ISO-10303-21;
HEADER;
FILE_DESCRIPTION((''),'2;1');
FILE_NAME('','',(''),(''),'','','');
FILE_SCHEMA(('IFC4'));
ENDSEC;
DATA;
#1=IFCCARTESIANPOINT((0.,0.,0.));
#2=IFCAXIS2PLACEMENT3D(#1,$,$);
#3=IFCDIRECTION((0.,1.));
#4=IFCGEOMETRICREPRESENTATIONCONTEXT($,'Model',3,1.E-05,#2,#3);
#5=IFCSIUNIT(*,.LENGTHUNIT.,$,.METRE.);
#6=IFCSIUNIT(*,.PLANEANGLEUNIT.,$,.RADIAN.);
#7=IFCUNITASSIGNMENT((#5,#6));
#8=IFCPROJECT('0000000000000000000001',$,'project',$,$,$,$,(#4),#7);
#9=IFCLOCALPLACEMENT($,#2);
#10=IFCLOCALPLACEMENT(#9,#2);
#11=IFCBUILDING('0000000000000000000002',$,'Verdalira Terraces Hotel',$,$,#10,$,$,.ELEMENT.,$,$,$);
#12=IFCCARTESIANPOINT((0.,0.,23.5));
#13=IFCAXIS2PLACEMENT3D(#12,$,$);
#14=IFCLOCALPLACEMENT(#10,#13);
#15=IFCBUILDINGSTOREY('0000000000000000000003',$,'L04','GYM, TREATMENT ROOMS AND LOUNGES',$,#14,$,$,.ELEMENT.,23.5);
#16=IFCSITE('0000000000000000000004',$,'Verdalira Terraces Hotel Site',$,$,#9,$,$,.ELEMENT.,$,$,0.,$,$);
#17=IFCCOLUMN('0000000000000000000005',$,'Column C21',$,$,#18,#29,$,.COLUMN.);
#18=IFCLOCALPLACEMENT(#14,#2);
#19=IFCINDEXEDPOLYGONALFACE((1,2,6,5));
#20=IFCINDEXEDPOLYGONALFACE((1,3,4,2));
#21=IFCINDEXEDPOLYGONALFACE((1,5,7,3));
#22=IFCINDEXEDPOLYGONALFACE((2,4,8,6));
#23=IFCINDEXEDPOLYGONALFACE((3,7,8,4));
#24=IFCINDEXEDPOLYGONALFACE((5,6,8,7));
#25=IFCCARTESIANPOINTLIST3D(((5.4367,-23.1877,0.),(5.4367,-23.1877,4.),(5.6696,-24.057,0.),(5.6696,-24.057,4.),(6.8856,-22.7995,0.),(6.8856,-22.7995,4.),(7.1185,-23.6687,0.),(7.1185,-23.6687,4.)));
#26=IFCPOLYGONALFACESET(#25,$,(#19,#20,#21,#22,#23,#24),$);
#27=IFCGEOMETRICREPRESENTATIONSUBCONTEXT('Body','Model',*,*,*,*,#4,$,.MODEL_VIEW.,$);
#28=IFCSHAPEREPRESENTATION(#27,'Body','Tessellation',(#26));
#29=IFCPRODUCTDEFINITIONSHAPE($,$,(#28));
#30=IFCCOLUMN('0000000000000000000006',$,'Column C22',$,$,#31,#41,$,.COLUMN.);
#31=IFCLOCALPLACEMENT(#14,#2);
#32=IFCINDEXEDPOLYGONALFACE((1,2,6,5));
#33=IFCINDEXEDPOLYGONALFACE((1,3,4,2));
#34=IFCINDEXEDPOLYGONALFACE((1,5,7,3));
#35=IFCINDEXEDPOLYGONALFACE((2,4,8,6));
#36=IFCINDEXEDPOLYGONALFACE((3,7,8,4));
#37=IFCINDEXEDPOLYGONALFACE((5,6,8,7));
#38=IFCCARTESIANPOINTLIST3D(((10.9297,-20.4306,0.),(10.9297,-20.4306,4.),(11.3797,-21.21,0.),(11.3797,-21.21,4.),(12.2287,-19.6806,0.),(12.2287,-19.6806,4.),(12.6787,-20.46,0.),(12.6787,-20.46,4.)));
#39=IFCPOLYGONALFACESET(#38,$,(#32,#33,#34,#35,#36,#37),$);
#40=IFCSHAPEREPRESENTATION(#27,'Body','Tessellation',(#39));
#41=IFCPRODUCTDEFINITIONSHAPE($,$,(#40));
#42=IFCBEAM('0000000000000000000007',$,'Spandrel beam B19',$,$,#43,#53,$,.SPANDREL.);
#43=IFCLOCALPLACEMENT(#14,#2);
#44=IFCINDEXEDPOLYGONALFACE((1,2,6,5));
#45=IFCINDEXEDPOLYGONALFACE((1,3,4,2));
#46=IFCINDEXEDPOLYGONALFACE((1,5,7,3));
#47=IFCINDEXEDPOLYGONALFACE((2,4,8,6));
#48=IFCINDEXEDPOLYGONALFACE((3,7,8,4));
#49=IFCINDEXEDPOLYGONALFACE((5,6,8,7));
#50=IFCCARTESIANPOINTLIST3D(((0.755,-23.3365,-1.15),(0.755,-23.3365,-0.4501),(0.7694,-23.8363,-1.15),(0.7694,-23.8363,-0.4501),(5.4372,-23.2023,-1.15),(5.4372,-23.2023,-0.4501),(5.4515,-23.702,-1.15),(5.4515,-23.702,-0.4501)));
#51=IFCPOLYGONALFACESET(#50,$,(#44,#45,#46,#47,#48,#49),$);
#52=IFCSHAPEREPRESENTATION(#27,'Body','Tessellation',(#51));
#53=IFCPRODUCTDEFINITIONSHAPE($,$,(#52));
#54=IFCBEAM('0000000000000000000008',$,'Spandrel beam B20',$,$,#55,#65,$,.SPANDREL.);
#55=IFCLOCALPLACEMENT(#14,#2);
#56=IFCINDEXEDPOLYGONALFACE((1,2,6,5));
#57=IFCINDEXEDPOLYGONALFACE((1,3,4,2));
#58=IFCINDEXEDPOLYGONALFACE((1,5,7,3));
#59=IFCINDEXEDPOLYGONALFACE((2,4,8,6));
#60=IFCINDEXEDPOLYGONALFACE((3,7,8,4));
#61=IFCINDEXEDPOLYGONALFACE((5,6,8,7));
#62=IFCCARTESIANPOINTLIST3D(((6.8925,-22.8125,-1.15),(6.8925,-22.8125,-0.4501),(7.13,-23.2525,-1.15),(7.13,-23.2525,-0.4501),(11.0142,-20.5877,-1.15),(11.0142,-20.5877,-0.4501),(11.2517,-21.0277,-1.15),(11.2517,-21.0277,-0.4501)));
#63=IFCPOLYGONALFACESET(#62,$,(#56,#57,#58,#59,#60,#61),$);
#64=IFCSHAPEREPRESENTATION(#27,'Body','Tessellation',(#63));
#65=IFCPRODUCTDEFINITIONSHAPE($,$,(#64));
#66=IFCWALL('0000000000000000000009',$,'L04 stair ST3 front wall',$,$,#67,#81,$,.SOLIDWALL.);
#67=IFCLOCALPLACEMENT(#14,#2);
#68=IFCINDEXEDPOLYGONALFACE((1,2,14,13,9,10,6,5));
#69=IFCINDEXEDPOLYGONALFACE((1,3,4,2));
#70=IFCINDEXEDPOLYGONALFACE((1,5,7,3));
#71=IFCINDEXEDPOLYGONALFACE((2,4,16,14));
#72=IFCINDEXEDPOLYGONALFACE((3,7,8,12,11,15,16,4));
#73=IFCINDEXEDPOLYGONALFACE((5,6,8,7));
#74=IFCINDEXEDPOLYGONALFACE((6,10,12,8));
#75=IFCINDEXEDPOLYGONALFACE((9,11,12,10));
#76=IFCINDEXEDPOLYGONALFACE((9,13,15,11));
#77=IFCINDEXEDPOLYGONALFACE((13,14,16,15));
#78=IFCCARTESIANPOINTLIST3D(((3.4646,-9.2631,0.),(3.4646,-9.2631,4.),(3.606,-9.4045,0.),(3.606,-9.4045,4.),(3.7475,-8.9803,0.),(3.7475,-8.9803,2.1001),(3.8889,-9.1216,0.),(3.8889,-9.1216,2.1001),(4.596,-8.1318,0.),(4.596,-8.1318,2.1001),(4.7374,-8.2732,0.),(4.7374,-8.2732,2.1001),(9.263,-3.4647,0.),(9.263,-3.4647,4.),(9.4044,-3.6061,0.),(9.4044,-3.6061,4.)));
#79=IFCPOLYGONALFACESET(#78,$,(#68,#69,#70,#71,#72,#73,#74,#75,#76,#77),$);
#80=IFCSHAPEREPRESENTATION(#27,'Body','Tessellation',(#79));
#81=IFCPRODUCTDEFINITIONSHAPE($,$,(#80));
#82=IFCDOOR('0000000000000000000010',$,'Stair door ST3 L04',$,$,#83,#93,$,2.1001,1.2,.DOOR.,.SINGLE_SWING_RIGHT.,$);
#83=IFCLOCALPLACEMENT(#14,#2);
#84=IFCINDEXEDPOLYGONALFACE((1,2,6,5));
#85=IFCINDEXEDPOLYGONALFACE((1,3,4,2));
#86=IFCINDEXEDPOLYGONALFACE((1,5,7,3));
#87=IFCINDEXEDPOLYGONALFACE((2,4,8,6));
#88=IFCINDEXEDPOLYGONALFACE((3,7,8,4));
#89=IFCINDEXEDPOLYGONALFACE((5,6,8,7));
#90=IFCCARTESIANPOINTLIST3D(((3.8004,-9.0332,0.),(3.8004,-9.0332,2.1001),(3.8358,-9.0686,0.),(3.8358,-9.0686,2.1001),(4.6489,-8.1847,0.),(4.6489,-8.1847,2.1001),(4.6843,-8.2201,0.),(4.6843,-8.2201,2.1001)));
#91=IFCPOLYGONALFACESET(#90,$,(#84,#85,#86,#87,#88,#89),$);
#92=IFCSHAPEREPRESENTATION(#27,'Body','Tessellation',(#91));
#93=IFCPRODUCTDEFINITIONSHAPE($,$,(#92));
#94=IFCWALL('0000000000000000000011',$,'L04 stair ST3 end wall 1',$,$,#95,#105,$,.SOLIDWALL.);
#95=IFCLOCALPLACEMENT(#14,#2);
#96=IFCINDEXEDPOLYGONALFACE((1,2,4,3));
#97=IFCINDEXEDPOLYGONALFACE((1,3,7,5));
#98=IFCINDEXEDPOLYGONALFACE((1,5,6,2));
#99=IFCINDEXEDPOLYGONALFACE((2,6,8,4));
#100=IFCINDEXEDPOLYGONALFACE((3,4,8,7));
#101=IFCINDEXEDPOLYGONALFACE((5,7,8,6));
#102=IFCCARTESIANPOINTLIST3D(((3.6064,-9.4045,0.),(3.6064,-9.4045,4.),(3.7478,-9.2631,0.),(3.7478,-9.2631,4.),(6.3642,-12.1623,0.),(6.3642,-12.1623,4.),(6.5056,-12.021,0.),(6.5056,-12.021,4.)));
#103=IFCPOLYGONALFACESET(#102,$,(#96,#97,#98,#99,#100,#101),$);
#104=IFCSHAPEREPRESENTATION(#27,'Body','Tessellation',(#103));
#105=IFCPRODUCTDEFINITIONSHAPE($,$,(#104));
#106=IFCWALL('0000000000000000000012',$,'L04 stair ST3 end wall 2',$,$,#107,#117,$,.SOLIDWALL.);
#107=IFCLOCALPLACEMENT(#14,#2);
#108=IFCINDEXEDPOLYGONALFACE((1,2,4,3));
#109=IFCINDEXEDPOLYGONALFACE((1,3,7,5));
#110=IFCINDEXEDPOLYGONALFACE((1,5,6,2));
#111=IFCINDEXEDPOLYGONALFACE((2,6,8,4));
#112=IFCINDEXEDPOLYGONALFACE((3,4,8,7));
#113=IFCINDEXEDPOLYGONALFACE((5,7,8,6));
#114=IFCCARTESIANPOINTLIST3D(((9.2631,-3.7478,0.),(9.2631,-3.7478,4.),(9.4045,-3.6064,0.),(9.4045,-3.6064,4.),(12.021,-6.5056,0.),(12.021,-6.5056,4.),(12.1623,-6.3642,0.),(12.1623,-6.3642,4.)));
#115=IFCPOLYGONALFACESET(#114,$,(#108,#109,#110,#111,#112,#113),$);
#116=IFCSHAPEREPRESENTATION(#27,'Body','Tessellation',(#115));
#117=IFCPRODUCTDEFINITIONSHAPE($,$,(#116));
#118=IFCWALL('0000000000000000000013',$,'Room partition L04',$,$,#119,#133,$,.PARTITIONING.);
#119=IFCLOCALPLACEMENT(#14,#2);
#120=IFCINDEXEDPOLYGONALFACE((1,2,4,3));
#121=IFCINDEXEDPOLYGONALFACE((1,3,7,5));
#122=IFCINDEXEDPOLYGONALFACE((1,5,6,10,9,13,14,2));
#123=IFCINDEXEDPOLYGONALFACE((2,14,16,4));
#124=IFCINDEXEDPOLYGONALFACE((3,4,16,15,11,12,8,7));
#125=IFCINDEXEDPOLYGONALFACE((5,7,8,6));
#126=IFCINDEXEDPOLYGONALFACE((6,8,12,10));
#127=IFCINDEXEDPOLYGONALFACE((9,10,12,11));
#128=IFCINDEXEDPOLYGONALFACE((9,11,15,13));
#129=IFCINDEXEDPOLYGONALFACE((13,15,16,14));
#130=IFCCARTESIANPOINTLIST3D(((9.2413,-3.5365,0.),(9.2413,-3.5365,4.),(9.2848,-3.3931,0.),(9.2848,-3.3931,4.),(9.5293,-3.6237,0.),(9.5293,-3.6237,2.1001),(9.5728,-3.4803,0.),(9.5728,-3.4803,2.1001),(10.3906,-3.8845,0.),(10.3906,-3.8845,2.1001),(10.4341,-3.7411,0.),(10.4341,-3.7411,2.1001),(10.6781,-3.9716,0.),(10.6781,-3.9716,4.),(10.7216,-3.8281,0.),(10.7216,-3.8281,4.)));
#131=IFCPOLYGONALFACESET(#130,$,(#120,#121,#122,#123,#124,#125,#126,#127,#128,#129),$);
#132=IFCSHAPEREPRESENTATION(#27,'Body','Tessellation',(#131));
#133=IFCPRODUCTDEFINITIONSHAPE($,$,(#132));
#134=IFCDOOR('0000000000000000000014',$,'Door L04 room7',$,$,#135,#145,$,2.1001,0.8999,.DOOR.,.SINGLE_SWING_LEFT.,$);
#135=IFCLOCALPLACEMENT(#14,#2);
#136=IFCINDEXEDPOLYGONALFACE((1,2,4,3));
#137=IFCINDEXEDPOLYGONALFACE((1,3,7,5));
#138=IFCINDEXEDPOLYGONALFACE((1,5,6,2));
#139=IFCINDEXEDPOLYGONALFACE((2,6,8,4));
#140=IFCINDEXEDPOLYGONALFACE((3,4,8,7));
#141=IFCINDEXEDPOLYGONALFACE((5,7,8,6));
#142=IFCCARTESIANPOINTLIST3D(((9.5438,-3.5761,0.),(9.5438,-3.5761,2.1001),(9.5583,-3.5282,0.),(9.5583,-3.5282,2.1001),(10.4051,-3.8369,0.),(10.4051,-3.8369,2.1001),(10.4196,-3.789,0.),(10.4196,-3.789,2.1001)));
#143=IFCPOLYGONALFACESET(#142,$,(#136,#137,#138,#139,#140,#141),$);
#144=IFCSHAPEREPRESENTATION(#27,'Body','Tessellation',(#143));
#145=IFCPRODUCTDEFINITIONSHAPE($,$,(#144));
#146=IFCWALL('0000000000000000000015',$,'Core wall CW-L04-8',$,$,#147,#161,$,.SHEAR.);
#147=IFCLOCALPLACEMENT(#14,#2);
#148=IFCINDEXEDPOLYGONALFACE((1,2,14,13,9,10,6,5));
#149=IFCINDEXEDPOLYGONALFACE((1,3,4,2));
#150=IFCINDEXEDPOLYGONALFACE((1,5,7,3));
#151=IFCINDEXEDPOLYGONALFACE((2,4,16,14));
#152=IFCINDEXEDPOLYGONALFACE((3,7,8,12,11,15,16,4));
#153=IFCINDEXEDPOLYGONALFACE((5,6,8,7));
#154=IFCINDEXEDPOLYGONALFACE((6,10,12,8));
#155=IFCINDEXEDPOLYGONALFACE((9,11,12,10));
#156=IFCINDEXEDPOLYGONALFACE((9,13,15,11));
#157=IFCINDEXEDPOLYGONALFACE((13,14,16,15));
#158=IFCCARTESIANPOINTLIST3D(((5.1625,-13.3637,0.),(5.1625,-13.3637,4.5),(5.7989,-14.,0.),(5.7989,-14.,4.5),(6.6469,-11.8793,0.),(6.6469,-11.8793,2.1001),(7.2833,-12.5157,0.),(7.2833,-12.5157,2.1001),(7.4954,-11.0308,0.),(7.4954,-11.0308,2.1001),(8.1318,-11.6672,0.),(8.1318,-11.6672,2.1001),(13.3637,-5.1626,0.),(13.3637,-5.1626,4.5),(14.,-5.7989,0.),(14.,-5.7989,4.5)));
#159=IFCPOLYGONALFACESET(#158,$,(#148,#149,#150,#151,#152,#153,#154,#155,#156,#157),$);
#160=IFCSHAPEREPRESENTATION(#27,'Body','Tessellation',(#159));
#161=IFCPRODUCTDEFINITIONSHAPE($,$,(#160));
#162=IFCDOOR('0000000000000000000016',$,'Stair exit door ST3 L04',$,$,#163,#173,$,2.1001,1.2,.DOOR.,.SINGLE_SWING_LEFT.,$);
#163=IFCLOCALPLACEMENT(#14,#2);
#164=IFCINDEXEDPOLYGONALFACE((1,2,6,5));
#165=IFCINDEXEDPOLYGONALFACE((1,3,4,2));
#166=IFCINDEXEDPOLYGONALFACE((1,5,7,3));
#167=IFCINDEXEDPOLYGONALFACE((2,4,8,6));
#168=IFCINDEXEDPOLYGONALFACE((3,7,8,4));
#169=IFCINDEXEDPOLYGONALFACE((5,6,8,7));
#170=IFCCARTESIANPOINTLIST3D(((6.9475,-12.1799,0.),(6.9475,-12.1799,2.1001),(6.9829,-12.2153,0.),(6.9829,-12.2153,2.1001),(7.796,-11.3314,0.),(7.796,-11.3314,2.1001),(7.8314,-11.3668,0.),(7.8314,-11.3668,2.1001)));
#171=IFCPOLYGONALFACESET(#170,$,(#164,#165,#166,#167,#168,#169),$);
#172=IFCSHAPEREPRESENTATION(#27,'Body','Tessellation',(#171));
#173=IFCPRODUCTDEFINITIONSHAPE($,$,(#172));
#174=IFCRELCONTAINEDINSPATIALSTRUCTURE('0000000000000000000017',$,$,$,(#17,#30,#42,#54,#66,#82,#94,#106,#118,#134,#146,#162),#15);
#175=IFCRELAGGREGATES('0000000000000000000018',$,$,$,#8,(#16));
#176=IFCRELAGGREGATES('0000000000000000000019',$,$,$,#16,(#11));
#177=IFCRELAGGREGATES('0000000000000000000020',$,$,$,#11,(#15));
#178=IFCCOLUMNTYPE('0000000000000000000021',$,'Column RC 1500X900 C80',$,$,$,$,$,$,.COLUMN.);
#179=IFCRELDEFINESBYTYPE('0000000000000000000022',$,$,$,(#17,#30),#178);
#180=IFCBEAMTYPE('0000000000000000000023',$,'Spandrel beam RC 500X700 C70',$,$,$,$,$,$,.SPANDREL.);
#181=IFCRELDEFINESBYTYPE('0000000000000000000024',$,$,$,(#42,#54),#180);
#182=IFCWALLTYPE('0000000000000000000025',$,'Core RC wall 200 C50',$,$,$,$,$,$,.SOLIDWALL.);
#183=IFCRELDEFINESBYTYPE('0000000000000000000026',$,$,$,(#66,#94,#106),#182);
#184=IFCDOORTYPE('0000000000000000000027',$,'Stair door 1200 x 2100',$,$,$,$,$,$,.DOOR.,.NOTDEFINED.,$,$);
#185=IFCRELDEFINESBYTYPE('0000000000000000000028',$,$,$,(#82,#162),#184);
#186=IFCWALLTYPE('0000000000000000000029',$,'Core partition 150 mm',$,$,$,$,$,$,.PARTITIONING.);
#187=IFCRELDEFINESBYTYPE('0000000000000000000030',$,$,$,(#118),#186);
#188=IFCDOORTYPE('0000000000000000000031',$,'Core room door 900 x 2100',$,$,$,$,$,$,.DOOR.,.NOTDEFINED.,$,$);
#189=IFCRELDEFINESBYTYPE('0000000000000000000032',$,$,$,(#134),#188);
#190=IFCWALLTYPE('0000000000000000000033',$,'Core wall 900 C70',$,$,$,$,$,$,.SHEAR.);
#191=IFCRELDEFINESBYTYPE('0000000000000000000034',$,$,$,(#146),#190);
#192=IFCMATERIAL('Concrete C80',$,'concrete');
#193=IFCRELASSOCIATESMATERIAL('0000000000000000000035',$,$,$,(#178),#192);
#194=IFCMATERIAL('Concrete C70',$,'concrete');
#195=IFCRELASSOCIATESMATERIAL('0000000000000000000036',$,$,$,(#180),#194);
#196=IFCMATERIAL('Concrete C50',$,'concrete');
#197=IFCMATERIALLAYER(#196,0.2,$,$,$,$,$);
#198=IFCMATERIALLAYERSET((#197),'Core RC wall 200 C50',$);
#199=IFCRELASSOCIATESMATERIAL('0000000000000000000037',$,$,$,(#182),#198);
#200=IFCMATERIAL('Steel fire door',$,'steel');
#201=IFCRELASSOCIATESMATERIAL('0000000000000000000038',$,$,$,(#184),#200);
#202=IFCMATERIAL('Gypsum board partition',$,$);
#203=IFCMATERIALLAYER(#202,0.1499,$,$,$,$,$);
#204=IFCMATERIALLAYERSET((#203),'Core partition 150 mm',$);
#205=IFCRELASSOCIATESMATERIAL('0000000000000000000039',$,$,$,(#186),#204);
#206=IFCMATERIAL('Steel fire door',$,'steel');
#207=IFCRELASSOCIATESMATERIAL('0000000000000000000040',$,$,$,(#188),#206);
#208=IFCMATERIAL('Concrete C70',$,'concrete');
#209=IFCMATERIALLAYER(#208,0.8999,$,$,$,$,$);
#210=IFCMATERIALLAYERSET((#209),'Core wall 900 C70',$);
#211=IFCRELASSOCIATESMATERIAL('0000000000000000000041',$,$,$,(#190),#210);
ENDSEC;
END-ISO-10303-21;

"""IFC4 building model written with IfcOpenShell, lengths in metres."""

from ifc_helpers import new_model, si_unit, direction, frame, frame_2d, origin, origin_2d, place, context, subcontext, project, spatial, rectangle, extrude, material, layer, layer_set, material_profile, profile_set, type_object, element, fill, save


model = new_model("IFC4")

# Units and contexts
model_context = context("Model", 3, precision=1e-05, world=origin(), true_north=direction((0.0, 1.0)))
body_context = subcontext(model_context, "Body", "Model", "MODEL_VIEW")
ifc_project = project(units=[si_unit("LENGTHUNIT", "METRE"), si_unit("PLANEANGLEUNIT", "RADIAN")], contexts=[model_context])

# Site, building, storey
site_placement = place(None, origin())
site = spatial("IfcSite", under=ifc_project, at=site_placement, Name="Verdalira Terraces Hotel Site", CompositionType="ELEMENT", RefElevation=0.0)
building_placement = place(site_placement, origin())
building = spatial("IfcBuilding", under=site, at=building_placement, Name="Verdalira Terraces Hotel", CompositionType="ELEMENT")
storey_placement = place(building_placement, frame((0.0, 0.0, 23.5)))
storey = spatial("IfcBuildingStorey", under=building, at=storey_placement, Name="L04", Description="GYM, TREATMENT ROOMS AND LOUNGES", CompositionType="ELEMENT", Elevation=23.5)

# Columns
ifc_material_1 = material(Name="Concrete C80", Category="concrete")
ifc_material_profile_1 = material_profile(ifc_material_1, rectangle(XDim=1.5, YDim=0.8999, at=origin_2d()), Name="RC 1500X900")
ifc_profile_set_1 = profile_set([ifc_material_profile_1], Name="Concrete C80")
column_type = type_object("IfcColumnType", Name="Column RC 1500X900 C80", PredefinedType="COLUMN", material=ifc_profile_set_1)
for number, where, z_axis, x_axis, name in (
    (1, (6.2776, -23.4282, 0.0), (0.0, 0.0, 1.0), (-0.965926, -0.258819, 0.0), "Column C21"),
    (2, (11.8042, -20.4453, 0.0), (0.0, 0.0, 1.0), (0.866025, 0.5, 0.0), "Column C22"),
):
    element("IfcColumn", number, at=place(storey_placement, frame(where, z_axis=z_axis, x_axis=x_axis)), inside=storey, type_object=column_type, Name=name, PredefinedType="COLUMN", context=body_context, shape_type="SweptSolid", body=[
        extrude(rectangle(XDim=1.5, YDim=0.8999, at=origin_2d()), origin(), (0.0, 0.0, 1.0), 4.0),
    ])

# Beams
ifc_material_2 = material(Name="Concrete C70", Category="concrete")
ifc_material_profile_2 = material_profile(ifc_material_2, rectangle(XDim=0.5, YDim=0.7, at=origin_2d()), Name="RC 500X700")
ifc_profile_set_2 = profile_set([ifc_material_profile_2], Name="Concrete C70")
beam_type = type_object("IfcBeamType", Name="Spandrel beam RC 500X700 C70", PredefinedType="SPANDREL", material=ifc_profile_set_2)
beam_1_placement = place(storey_placement, frame((0.7622, -23.5864, -0.8), z_axis=(0.999589, 0.028667, 0.0), x_axis=(-0.028667, 0.999589, 0.0)))
element("IfcBeam", 3, at=beam_1_placement, inside=storey, type_object=beam_type, Name="Spandrel beam B19", PredefinedType="SPANDREL", context=body_context, shape_type="SweptSolid", body=[
    extrude(rectangle(XDim=0.5, YDim=0.7, at=origin_2d()), origin(), (0.0, 0.0, 1.0), 4.6841),
])
beam_2_placement = place(storey_placement, frame((7.0112, -23.0325, -0.8), z_axis=(0.879989, 0.474995, 0.0), x_axis=(-0.474995, 0.879989, 0.0)))
element("IfcBeam", 4, at=beam_2_placement, inside=storey, type_object=beam_type, Name="Spandrel beam B20", PredefinedType="SPANDREL", context=body_context, shape_type="SweptSolid", body=[
    extrude(rectangle(XDim=0.5, YDim=0.7, at=origin_2d()), origin(), (0.0, 0.0, 1.0), 4.6838),
])

# Wall, opening, door
ifc_material_3 = material(Name="Concrete C50", Category="concrete")
ifc_layer_1 = layer(ifc_material_3, 0.2)
ifc_layer_set_1 = layer_set([ifc_layer_1], Name="Core RC wall 200 C50")
wall_type_1 = type_object("IfcWallType", Name="Core RC wall 200 C50", PredefinedType="SOLIDWALL", material=ifc_layer_set_1)
wall_1_placement = place(storey_placement, frame((9.3337, -3.5354, 0.0), z_axis=(0.0, 0.0, 1.0), x_axis=(-0.707107, -0.707107, 0.0)))
wall_1 = element("IfcWall", 5, at=wall_1_placement, inside=storey, type_object=wall_type_1, Name="L04 stair ST3 front wall", PredefinedType="SOLIDWALL", context=body_context, shape_type="SweptSolid", body=[
    extrude(rectangle(XDim=8.2002, YDim=0.2, at=frame_2d((4.1001, 0.0))), origin(), (0.0, 0.0, 1.0), 4.0),
])
opening_1_placement = place(wall_1_placement, frame((6.6001, 0.0, 0.0)))
opening_1 = element("IfcOpeningElement", 6, at=opening_1_placement, cuts=wall_1, PredefinedType="OPENING", context=body_context, shape_type="SweptSolid", body=[
    extrude(rectangle(XDim=1.2, YDim=2.1001, at=frame_2d((0.6001, 1.05))), frame((0.0, 0.1099, 0.0), z_axis=(0.0, -1.0, 0.0), x_axis=(1.0, 0.0, 0.0)), (0.0, 0.0, 1.0), 0.22),
])
ifc_material_4 = material(Name="Steel fire door", Category="steel")
door_type_1 = type_object("IfcDoorType", Name="Stair door 1200 x 2100", OperationType="NOTDEFINED", PredefinedType="DOOR", material=ifc_material_4)
door_1_placement = place(opening_1_placement, origin())
door_1 = element("IfcDoor", 7, at=door_1_placement, inside=storey, type_object=door_type_1, Name="Stair door ST3 L04", OperationType="SINGLE_SWING_RIGHT", OverallHeight=2.1001, OverallWidth=1.2, PredefinedType="DOOR", context=body_context, shape_type="SweptSolid", body=[
    extrude(rectangle(XDim=1.2, YDim=2.1001, at=frame_2d((0.6001, 1.05))), frame((0.0, 0.0249, 0.0), z_axis=(0.0, -1.0, 0.0), x_axis=(1.0, 0.0, 0.0)), (0.0, 0.0, 1.0), 0.05),
])
fill(opening_1, door_1)

# Walls
for number, where, z_axis, x_axis, name in (
    (8, (3.677, -9.3337, 0.0), (0.0, 0.0, 1.0), (0.707107, -0.707107, 0.0), "L04 stair ST3 end wall 1"),
    (9, (9.3337, -3.677, 0.0), (0.0, 0.0, 1.0), (0.707107, -0.707107, 0.0), "L04 stair ST3 end wall 2"),
):
    element("IfcWall", number, at=place(storey_placement, frame(where, z_axis=z_axis, x_axis=x_axis)), inside=storey, type_object=wall_type_1, Name=name, PredefinedType="SOLIDWALL", context=body_context, shape_type="SweptSolid", body=[
        extrude(rectangle(XDim=3.9001, YDim=0.2, at=frame_2d((1.9502, 0.0))), origin(), (0.0, 0.0, 1.0), 4.0),
    ])

# Walls, openings, doors
ifc_material_5 = material(Name="Gypsum board partition")
ifc_layer_2 = layer(ifc_material_5, 0.1499)
ifc_layer_set_2 = layer_set([ifc_layer_2], Name="Core partition 150 mm")
wall_type_2 = type_object("IfcWallType", Name="Core partition 150 mm", PredefinedType="PARTITIONING", material=ifc_layer_set_2)
wall_2_placement = place(storey_placement, frame((9.2632, -3.4648, 0.0), z_axis=(0.0, 0.0, 1.0), x_axis=(0.957085, -0.289809, 0.0)))
wall_2 = element("IfcWall", 10, at=wall_2_placement, inside=storey, type_object=wall_type_2, Name="Room partition L04", PredefinedType="PARTITIONING", context=body_context, shape_type="SweptSolid", body=[
    extrude(rectangle(XDim=1.5012, YDim=0.1499, at=frame_2d((0.7505, 0.0))), origin(), (0.0, 0.0, 1.0), 4.0),
])
opening_2_placement = place(wall_2_placement, frame((0.3008, 0.0, 0.0)))
opening_2 = element("IfcOpeningElement", 11, at=opening_2_placement, cuts=wall_2, PredefinedType="OPENING", context=body_context, shape_type="SweptSolid", body=[
    extrude(rectangle(XDim=0.8999, YDim=2.1001, at=frame_2d((0.45, 1.05))), frame((0.0, 0.085, 0.0), z_axis=(0.0, -1.0, 0.0), x_axis=(1.0, 0.0, 0.0)), (0.0, 0.0, 1.0), 0.1699),
])
ifc_material_6 = material(Name="Steel fire door", Category="steel")
door_type_2 = type_object("IfcDoorType", Name="Core room door 900 x 2100", OperationType="NOTDEFINED", PredefinedType="DOOR", material=ifc_material_6)
door_2_placement = place(opening_2_placement, origin())
door_2 = element("IfcDoor", 12, at=door_2_placement, inside=storey, type_object=door_type_2, Name="Door L04 room7", OperationType="SINGLE_SWING_LEFT", OverallHeight=2.1001, OverallWidth=0.8999, PredefinedType="DOOR", context=body_context, shape_type="SweptSolid", body=[
    extrude(rectangle(XDim=0.8999, YDim=2.1001, at=frame_2d((0.45, 1.05))), frame((0.0, 0.0249, 0.0), z_axis=(0.0, -1.0, 0.0), x_axis=(1.0, 0.0, 0.0)), (0.0, 0.0, 1.0), 0.05),
])
fill(opening_2, door_2)
ifc_material_7 = material(Name="Concrete C70", Category="concrete")
ifc_layer_3 = layer(ifc_material_7, 0.8999)
ifc_layer_set_3 = layer_set([ifc_layer_3], Name="Core wall 900 C70")
wall_type_3 = type_object("IfcWallType", Name="Core wall 900 C70", PredefinedType="SHEAR", material=ifc_layer_set_3)
wall_3_placement = place(storey_placement, frame((5.4807, -13.6819, 0.0), z_axis=(0.0, 0.0, 1.0), x_axis=(0.707107, 0.707107, 0.0)))
wall_3 = element("IfcWall", 13, at=wall_3_placement, inside=storey, type_object=wall_type_3, Name="Core wall CW-L04-8", PredefinedType="SHEAR", context=body_context, shape_type="SweptSolid", body=[
    extrude(rectangle(XDim=11.5981, YDim=0.8999, at=frame_2d((5.7991, 0.0))), origin(), (0.0, 0.0, 1.0), 4.5),
])
opening_3_placement = place(wall_3_placement, frame((2.0991, 0.0, 0.0)))
opening_3 = element("IfcOpeningElement", 14, at=opening_3_placement, cuts=wall_3, PredefinedType="OPENING", context=body_context, shape_type="SweptSolid", body=[
    extrude(rectangle(XDim=1.2, YDim=2.1001, at=frame_2d((0.6001, 1.05))), frame((0.0, 0.46, 0.0), z_axis=(0.0, -1.0, 0.0), x_axis=(1.0, 0.0, 0.0)), (0.0, 0.0, 1.0), 0.9199),
])
door_3_placement = place(opening_3_placement, origin())
door_3 = element("IfcDoor", 15, at=door_3_placement, inside=storey, type_object=door_type_1, Name="Stair exit door ST3 L04", OperationType="SINGLE_SWING_LEFT", OverallHeight=2.1001, OverallWidth=1.2, PredefinedType="DOOR", context=body_context, shape_type="SweptSolid", body=[
    extrude(rectangle(XDim=1.2, YDim=2.1001, at=frame_2d((0.6001, 1.05))), frame((0.0, 0.0249, 0.0), z_axis=(0.0, -1.0, 0.0), x_axis=(1.0, 0.0, 0.0)), (0.0, 0.0, 1.0), 0.05),
])
fill(opening_3, door_3)

save(model, "model.ifc")
